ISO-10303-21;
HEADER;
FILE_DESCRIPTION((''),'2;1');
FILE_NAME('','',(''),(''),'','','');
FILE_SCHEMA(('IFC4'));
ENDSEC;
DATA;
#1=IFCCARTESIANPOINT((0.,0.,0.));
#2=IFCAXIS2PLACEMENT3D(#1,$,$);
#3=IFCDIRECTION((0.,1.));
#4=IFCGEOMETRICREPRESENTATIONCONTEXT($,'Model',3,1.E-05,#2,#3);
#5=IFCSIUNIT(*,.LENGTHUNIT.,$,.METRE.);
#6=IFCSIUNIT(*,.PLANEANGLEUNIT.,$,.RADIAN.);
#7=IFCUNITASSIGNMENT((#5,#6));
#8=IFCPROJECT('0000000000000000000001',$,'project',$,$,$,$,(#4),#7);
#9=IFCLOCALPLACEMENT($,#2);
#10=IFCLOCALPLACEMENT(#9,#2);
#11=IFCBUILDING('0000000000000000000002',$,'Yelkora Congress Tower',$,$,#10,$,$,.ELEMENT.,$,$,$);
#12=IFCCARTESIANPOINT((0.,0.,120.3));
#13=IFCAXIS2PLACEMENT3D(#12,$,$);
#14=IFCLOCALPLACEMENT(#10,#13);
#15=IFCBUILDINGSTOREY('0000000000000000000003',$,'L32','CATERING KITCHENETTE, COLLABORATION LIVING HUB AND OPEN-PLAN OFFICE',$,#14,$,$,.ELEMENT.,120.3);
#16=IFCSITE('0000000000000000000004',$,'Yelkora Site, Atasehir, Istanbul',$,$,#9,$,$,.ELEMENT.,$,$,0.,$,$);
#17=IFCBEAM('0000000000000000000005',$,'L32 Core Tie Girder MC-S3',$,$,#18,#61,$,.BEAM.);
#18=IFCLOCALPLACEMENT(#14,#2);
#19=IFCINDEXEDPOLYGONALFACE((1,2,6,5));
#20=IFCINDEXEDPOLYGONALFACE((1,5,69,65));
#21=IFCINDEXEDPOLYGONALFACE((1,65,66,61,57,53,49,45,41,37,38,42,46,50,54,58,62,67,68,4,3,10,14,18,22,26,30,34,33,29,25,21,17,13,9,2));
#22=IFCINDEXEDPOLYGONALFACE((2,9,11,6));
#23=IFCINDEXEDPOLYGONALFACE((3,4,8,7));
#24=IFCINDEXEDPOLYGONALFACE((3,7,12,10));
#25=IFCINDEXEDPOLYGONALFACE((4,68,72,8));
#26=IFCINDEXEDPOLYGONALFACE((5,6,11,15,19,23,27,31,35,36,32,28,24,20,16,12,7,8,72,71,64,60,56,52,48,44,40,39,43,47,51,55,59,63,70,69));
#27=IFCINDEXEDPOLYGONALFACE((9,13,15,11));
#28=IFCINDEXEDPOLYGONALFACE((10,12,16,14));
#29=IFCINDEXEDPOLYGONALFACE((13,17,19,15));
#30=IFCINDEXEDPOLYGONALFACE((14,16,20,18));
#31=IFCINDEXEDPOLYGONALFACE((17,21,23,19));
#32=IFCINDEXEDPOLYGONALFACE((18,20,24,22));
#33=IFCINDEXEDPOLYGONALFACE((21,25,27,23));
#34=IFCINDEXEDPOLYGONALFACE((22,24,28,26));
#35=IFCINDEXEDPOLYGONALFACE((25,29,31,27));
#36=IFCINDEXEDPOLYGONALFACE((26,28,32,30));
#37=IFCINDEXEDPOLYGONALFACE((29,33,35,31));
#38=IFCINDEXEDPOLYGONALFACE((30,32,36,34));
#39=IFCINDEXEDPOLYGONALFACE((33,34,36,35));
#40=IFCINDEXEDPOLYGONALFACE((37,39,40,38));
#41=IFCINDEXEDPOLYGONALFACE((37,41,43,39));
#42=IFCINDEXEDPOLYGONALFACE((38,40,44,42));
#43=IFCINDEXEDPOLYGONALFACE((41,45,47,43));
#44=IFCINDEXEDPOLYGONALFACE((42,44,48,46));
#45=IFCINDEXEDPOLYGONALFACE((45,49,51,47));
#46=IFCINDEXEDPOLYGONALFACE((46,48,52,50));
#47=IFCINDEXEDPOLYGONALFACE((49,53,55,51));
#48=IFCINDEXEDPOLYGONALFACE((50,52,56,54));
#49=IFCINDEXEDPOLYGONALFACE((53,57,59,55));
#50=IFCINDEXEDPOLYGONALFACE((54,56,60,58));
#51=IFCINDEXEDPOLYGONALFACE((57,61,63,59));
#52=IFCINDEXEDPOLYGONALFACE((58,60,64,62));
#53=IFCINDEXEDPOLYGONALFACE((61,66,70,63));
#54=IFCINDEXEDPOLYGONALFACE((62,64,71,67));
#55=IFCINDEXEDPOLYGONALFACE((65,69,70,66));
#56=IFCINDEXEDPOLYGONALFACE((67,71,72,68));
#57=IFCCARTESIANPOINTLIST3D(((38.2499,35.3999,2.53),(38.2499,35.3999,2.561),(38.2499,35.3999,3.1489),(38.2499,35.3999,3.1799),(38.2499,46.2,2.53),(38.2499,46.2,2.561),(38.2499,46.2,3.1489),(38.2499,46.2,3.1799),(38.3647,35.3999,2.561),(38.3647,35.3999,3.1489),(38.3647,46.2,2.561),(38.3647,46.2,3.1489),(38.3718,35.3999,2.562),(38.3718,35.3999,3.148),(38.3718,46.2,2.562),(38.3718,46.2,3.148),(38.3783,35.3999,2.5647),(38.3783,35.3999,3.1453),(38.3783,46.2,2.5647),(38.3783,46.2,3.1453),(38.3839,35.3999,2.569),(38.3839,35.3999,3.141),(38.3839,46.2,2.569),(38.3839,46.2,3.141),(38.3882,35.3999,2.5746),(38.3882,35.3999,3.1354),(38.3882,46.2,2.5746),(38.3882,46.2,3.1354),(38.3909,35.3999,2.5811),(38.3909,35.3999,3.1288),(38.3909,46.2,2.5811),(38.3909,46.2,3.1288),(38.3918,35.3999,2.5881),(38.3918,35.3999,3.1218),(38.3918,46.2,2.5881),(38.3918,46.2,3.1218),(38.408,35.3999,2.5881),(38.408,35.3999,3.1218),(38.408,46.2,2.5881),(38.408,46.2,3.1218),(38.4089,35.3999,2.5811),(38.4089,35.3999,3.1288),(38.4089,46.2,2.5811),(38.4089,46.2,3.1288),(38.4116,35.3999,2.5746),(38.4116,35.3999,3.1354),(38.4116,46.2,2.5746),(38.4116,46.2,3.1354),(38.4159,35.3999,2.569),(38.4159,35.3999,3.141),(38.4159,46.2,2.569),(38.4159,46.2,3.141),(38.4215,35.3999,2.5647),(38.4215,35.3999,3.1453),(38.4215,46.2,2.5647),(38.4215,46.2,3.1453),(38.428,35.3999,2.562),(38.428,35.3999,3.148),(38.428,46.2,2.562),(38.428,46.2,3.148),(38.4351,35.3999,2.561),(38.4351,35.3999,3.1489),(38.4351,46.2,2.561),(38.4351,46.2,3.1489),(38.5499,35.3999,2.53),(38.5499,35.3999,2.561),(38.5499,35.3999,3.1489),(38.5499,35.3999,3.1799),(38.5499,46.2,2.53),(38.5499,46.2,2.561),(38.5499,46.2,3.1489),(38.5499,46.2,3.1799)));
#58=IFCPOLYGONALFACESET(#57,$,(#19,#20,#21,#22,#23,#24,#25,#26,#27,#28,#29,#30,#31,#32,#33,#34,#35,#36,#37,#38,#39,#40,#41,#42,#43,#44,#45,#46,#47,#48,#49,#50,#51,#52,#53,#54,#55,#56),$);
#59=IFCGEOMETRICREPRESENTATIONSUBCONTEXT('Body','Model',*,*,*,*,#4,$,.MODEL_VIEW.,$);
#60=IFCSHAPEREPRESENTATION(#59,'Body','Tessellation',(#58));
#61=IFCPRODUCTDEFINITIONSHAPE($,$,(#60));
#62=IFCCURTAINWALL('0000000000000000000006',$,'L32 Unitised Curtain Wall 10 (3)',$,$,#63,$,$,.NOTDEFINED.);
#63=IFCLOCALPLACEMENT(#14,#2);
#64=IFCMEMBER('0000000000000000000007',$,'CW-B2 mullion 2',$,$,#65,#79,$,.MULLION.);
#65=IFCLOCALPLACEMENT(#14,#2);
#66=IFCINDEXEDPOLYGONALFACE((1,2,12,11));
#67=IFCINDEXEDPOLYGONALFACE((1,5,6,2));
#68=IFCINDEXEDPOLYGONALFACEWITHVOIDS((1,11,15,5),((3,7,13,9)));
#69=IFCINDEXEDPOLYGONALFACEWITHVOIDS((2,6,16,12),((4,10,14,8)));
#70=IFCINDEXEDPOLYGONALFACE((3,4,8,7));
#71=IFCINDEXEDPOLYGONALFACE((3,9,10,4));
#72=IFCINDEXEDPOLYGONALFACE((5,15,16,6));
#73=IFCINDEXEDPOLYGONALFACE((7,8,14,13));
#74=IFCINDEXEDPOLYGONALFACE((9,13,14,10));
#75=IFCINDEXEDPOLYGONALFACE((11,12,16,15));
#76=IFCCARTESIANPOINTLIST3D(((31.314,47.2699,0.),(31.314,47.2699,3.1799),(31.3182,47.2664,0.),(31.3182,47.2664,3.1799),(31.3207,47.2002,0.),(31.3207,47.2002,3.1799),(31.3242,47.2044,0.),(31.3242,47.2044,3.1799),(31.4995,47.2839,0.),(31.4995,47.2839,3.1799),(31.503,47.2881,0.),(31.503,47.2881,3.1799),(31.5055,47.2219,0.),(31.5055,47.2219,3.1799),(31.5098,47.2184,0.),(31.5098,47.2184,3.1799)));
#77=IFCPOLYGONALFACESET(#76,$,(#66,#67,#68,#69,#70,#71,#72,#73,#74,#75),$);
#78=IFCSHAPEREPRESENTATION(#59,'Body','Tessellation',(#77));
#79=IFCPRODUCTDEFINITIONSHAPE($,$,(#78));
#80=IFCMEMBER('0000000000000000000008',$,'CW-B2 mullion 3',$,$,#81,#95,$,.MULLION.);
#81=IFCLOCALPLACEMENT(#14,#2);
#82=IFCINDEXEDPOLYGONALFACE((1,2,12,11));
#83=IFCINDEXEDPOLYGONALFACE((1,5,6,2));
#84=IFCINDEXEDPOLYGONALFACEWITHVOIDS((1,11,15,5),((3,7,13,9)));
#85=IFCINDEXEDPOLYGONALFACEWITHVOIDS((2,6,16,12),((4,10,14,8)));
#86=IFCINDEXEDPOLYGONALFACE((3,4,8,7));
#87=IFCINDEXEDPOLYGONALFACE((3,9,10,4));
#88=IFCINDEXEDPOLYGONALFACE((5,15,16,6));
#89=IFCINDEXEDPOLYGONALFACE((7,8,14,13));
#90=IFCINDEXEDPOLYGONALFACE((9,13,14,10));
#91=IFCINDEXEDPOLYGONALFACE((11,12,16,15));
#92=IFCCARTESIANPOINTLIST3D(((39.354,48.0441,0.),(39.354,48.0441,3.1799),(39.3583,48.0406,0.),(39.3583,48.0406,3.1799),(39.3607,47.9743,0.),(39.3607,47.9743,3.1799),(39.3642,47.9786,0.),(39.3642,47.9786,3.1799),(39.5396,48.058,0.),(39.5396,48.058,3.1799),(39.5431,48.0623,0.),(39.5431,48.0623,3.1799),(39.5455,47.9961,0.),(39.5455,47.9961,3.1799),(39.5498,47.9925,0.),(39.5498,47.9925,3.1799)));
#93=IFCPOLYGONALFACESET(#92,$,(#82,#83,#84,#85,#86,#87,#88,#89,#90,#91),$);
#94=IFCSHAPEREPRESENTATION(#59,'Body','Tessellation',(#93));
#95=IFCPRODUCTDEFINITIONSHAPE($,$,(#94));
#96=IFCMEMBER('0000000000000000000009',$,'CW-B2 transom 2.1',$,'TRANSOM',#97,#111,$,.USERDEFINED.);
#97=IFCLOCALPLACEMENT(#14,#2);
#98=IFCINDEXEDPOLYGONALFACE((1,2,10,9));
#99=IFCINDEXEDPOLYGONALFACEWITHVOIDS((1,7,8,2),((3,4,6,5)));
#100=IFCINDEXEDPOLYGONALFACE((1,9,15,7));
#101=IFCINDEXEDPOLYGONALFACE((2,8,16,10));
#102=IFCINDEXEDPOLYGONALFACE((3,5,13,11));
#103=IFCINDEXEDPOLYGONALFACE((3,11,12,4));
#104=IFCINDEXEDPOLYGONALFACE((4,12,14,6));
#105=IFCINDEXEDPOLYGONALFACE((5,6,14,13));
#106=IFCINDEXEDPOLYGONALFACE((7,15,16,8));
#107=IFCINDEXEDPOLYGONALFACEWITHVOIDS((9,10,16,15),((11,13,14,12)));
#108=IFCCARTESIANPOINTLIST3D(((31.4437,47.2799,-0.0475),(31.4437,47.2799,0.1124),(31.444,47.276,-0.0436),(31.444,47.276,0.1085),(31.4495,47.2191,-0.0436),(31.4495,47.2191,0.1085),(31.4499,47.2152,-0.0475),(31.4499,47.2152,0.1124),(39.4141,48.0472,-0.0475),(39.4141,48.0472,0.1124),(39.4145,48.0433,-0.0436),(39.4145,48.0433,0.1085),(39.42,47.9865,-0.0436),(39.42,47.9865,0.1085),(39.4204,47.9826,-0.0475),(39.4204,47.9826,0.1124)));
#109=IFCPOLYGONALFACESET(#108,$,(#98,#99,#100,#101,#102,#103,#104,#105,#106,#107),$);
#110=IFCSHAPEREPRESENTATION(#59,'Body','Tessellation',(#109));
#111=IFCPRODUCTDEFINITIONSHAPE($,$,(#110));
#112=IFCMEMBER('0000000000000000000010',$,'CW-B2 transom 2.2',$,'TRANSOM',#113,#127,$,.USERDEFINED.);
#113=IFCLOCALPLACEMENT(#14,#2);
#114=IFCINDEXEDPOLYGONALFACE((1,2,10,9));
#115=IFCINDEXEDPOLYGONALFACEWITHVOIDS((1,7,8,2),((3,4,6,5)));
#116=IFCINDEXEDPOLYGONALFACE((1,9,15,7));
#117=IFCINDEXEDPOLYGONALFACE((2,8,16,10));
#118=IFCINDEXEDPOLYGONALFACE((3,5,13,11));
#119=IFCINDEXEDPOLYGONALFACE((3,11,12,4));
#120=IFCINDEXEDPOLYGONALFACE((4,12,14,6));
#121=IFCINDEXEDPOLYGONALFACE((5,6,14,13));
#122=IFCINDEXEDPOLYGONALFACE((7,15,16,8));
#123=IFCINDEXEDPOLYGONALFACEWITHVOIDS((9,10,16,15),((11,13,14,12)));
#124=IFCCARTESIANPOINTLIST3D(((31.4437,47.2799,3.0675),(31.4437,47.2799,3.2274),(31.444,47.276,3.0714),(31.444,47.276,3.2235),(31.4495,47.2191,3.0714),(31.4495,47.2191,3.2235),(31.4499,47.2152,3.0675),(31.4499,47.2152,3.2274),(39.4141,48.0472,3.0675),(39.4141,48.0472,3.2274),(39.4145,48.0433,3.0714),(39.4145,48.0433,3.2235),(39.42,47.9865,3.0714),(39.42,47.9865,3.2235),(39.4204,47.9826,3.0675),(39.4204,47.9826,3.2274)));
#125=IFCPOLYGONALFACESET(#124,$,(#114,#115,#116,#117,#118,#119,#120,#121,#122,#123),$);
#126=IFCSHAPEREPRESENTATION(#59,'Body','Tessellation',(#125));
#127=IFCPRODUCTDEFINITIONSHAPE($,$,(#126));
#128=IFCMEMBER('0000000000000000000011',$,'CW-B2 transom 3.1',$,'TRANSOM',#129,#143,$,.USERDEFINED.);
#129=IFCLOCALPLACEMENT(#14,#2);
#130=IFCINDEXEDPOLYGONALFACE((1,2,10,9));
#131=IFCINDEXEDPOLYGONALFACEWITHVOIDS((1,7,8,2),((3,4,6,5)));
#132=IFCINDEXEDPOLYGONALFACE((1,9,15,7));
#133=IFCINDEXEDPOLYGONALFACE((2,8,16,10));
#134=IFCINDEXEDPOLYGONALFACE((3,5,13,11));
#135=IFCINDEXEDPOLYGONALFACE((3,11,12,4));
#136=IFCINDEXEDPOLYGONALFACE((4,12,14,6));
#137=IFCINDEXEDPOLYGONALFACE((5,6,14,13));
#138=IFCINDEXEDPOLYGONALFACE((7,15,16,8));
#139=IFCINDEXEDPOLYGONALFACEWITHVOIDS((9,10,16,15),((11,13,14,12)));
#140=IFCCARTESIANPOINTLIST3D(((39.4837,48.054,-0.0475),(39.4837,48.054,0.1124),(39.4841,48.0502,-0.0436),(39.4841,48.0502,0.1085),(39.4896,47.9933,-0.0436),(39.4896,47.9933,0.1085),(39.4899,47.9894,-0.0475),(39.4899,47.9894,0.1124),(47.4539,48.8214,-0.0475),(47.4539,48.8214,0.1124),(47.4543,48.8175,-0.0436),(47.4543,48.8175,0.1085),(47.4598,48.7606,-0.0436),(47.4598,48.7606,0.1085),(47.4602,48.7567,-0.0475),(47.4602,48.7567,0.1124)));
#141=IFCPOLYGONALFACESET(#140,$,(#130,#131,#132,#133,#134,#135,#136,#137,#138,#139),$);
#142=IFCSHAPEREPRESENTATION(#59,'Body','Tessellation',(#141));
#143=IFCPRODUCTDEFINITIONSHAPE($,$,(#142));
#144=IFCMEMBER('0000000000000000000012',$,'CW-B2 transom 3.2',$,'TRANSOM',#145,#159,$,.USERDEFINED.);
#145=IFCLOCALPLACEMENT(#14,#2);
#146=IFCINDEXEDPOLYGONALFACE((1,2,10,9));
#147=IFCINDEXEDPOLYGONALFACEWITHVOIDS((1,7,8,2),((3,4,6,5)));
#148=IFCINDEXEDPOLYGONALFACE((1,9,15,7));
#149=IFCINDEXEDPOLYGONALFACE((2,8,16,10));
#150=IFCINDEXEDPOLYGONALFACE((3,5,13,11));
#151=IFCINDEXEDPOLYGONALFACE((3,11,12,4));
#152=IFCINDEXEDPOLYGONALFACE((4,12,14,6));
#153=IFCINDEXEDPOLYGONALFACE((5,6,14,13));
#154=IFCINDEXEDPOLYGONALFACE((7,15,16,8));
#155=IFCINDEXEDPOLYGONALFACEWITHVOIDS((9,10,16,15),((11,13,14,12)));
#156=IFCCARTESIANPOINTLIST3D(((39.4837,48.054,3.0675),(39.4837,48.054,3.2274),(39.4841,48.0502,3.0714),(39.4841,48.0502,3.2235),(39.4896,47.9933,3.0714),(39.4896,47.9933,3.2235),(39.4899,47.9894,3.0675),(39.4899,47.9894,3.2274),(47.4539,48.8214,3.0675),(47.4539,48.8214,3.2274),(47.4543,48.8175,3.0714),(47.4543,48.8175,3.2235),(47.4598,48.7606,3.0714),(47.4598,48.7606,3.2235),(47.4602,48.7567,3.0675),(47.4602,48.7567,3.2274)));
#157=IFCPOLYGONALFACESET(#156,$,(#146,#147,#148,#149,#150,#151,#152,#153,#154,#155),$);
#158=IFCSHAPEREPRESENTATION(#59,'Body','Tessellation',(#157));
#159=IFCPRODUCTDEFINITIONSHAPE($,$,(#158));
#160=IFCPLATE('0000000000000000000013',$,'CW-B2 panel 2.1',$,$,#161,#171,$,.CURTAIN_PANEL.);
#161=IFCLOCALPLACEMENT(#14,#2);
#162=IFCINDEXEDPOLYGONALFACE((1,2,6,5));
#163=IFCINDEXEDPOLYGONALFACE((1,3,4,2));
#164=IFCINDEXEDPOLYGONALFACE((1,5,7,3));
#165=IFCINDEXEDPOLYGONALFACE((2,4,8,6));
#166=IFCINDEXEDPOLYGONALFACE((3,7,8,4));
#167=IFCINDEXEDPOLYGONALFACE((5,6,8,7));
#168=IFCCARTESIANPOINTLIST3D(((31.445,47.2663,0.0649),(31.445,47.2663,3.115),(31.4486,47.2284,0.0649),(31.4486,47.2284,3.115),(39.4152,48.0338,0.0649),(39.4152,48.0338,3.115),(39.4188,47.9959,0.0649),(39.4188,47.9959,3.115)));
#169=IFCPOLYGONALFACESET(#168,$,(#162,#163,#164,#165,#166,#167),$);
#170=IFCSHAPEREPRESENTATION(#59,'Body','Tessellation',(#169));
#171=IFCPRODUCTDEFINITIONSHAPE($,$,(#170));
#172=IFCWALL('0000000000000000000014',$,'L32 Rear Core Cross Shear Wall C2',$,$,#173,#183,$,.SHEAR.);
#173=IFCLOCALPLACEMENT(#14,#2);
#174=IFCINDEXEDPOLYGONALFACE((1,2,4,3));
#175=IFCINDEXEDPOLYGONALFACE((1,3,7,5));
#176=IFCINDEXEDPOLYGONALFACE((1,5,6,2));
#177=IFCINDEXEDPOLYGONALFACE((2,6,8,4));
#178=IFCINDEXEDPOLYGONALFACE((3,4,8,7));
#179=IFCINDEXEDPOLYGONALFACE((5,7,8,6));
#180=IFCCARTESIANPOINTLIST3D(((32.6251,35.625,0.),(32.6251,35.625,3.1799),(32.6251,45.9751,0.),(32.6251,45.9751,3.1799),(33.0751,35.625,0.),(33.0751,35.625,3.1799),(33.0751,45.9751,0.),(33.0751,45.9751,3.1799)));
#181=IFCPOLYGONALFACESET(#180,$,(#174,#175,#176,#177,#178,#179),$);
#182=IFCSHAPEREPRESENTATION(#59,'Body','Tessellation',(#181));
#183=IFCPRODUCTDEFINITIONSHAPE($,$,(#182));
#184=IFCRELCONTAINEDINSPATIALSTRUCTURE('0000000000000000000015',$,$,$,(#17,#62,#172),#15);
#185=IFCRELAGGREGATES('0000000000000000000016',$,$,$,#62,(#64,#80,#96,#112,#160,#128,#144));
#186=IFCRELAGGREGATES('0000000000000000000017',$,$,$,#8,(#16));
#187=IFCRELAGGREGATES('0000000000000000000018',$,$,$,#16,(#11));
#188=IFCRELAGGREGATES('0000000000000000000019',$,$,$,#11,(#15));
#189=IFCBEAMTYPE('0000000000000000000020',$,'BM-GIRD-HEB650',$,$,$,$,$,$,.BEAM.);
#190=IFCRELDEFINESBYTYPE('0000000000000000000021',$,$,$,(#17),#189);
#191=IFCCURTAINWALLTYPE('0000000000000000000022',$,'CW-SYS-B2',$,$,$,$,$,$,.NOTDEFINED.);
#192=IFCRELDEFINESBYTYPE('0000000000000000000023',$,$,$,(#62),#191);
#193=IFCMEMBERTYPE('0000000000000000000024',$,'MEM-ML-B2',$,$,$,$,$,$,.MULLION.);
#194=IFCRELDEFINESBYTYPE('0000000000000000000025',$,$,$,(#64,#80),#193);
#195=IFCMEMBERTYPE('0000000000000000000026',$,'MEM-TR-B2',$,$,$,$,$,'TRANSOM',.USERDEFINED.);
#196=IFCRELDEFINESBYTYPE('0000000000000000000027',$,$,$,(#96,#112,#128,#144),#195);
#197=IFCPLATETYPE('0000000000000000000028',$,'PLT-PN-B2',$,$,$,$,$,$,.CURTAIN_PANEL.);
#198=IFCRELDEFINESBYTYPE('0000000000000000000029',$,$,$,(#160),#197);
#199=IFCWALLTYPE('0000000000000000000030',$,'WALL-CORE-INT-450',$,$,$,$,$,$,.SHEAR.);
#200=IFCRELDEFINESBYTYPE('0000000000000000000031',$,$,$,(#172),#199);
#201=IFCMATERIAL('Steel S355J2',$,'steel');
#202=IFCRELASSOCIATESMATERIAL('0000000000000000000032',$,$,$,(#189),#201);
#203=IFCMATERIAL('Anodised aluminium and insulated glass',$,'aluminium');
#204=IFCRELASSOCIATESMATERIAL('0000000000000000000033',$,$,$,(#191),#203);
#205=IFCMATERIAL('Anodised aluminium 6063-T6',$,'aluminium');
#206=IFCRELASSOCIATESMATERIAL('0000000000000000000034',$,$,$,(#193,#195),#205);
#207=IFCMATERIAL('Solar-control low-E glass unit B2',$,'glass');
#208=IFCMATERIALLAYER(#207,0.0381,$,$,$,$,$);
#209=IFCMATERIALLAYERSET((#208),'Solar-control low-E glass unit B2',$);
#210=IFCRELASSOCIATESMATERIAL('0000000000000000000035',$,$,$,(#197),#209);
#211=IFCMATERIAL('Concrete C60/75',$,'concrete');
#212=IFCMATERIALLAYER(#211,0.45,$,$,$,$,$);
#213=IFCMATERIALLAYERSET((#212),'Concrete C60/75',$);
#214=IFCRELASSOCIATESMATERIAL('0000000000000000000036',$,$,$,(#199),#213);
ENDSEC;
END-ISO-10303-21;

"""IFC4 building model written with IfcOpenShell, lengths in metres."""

from ifc_helpers import new_model, si_unit, direction, frame, frame_2d, origin, origin_2d, place, context, subcontext, project, spatial, rectangle, hollow_rectangle, i_section, extrude, material, layer, layer_set, material_profile, profile_set, type_object, element, aggregate, save


model = new_model("IFC4")

# Units and contexts
model_context = context("Model", 3, precision=1e-05, world=origin(), true_north=direction((0.0, 1.0)))
body_context = subcontext(model_context, "Body", "Model", "MODEL_VIEW")
ifc_project = project(units=[si_unit("LENGTHUNIT", "METRE"), si_unit("PLANEANGLEUNIT", "RADIAN")], contexts=[model_context])

# Site, building, storey
site_placement = place(None, origin())
site = spatial("IfcSite", under=ifc_project, at=site_placement, Name="Yelkora Site, Atasehir, Istanbul", CompositionType="ELEMENT", RefElevation=0.0)
building_placement = place(site_placement, origin())
building = spatial("IfcBuilding", under=site, at=building_placement, Name="Yelkora Congress Tower", CompositionType="ELEMENT")
storey_placement = place(building_placement, frame((0.0, 0.0, 120.3)))
storey = spatial("IfcBuildingStorey", under=building, at=storey_placement, Name="L32", Description="CATERING KITCHENETTE, COLLABORATION LIVING HUB AND OPEN-PLAN OFFICE", CompositionType="ELEMENT", Elevation=120.3)

# Beam
ifc_material_1 = material(Name="Steel S355J2", Category="steel")
ifc_material_profile_1 = material_profile(ifc_material_1, i_section(OverallWidth=0.3, OverallDepth=0.6499, WebThickness=0.0161, FlangeThickness=0.031, FilletRadius=0.0271, at=origin_2d()), Name="HEB 650")
ifc_profile_set_1 = profile_set([ifc_material_profile_1], Name="Steel S355J2")
beam_type = type_object("IfcBeamType", Name="BM-GIRD-HEB650", PredefinedType="BEAM", material=ifc_profile_set_1)
beam_placement = place(storey_placement, frame((38.3999, 35.3999, 2.855), z_axis=(0.0, 1.0, 0.0), x_axis=(-1.0, 0.0, 0.0)))
element("IfcBeam", 1, at=beam_placement, inside=storey, type_object=beam_type, Name="L32 Core Tie Girder MC-S3", PredefinedType="BEAM", context=body_context, shape_type="SweptSolid", body=[
    extrude(i_section(OverallWidth=0.3, OverallDepth=0.6499, WebThickness=0.0161, FlangeThickness=0.031, FilletRadius=0.0271, at=origin_2d()), origin(), (0.0, 0.0, 1.0), 10.8),
])

# Curtain wall, members, plate
ifc_material_2 = material(Name="Anodised aluminium and insulated glass", Category="aluminium")
curtain_wall_type = type_object("IfcCurtainWallType", Name="CW-SYS-B2", PredefinedType="NOTDEFINED", material=ifc_material_2)
curtain_wall_placement = place(storey_placement, origin())
curtain_wall = element("IfcCurtainWall", 2, at=curtain_wall_placement, inside=storey, type_object=curtain_wall_type, Name="L32 Unitised Curtain Wall 10 (3)", PredefinedType="NOTDEFINED")
ifc_material_3 = material(Name="Anodised aluminium 6063-T6", Category="aluminium")
ifc_material_profile_2 = material_profile(ifc_material_3, hollow_rectangle(XDim=0.0701, YDim=0.1899, WallThickness=0.0039, at=origin_2d()), Name="ALU 70x190x4")
ifc_profile_set_2 = profile_set([ifc_material_profile_2], Name="Anodised aluminium 6063-T6")
member_type_1 = type_object("IfcMemberType", Name="MEM-ML-B2", PredefinedType="MULLION", material=ifc_profile_set_2)
member_1_placement = place(storey_placement, frame((31.4119, 47.2441, 0.0), z_axis=(0.0, 0.0, 1.0), x_axis=(-0.095844, 0.995396, 0.0)))
member_1 = element("IfcMember", 3, at=member_1_placement, type_object=member_type_1, Name="CW-B2 mullion 2", PredefinedType="MULLION", context=body_context, shape_type="SweptSolid", body=[
    extrude(hollow_rectangle(XDim=0.0701, YDim=0.1899, WallThickness=0.0039, at=origin_2d()), origin(), (0.0, 0.0, 1.0), 3.1799),
])
member_2_placement = place(storey_placement, frame((39.4519, 48.0183, 0.0), z_axis=(0.0, 0.0, 1.0), x_axis=(-0.095844, 0.995396, 0.0)))
member_2 = element("IfcMember", 4, at=member_2_placement, type_object=member_type_1, Name="CW-B2 mullion 3", PredefinedType="MULLION", context=body_context, shape_type="SweptSolid", body=[
    extrude(hollow_rectangle(XDim=0.0701, YDim=0.1899, WallThickness=0.0039, at=origin_2d()), origin(), (0.0, 0.0, 1.0), 3.1799),
])
ifc_material_profile_3 = material_profile(ifc_material_3, hollow_rectangle(XDim=0.0649, YDim=0.1599, WallThickness=0.0039, at=origin_2d()), Name="ALU 65x160x4")
ifc_profile_set_3 = profile_set([ifc_material_profile_3], Name="Anodised aluminium 6063-T6")
member_type_2 = type_object("IfcMemberType", Name="MEM-TR-B2", ElementType="TRANSOM", PredefinedType="USERDEFINED", material=ifc_profile_set_3)
member_3_placement = place(storey_placement, frame((31.4468, 47.2476, 0.0325), z_axis=(0.995398, 0.095829, 0.0), x_axis=(-0.095829, 0.995398, 0.0)))
member_3 = element("IfcMember", 5, at=member_3_placement, type_object=member_type_2, Name="CW-B2 transom 2.1", ObjectType="TRANSOM", PredefinedType="USERDEFINED", context=body_context, shape_type="SweptSolid", body=[
    extrude(hollow_rectangle(XDim=0.0649, YDim=0.1599, WallThickness=0.0039, at=origin_2d()), origin(), (0.0, 0.0, 1.0), 8.0073),
])
member_4_placement = place(storey_placement, frame((31.4468, 47.2476, 3.1475), z_axis=(0.995398, 0.095829, 0.0), x_axis=(-0.095829, 0.995398, 0.0)))
member_4 = element("IfcMember", 6, at=member_4_placement, type_object=member_type_2, Name="CW-B2 transom 2.2", ObjectType="TRANSOM", PredefinedType="USERDEFINED", context=body_context, shape_type="SweptSolid", body=[
    extrude(hollow_rectangle(XDim=0.0649, YDim=0.1599, WallThickness=0.0039, at=origin_2d()), origin(), (0.0, 0.0, 1.0), 8.0073),
])
member_5_placement = place(storey_placement, frame((39.4868, 48.0217, 0.0325), z_axis=(0.995398, 0.095832, 0.0), x_axis=(-0.095832, 0.995398, 0.0)))
member_5 = element("IfcMember", 7, at=member_5_placement, type_object=member_type_2, Name="CW-B2 transom 3.1", ObjectType="TRANSOM", PredefinedType="USERDEFINED", context=body_context, shape_type="SweptSolid", body=[
    extrude(hollow_rectangle(XDim=0.0649, YDim=0.1599, WallThickness=0.0039, at=origin_2d()), origin(), (0.0, 0.0, 1.0), 8.0071),
])
member_6_placement = place(storey_placement, frame((39.4868, 48.0217, 3.1475), z_axis=(0.995398, 0.095832, 0.0), x_axis=(-0.095832, 0.995398, 0.0)))
member_6 = element("IfcMember", 8, at=member_6_placement, type_object=member_type_2, Name="CW-B2 transom 3.2", ObjectType="TRANSOM", PredefinedType="USERDEFINED", context=body_context, shape_type="SweptSolid", body=[
    extrude(hollow_rectangle(XDim=0.0649, YDim=0.1599, WallThickness=0.0039, at=origin_2d()), origin(), (0.0, 0.0, 1.0), 8.0071),
])
ifc_material_4 = material(Name="Solar-control low-E glass unit B2", Category="glass")
ifc_layer_1 = layer(ifc_material_4, 0.0381)
ifc_layer_set_1 = layer_set([ifc_layer_1], Name="Solar-control low-E glass unit B2")
plate_type = type_object("IfcPlateType", Name="PLT-PN-B2", PredefinedType="CURTAIN_PANEL", material=ifc_layer_set_1)
plate_placement = place(storey_placement, frame((35.4319, 47.6311, 0.0649), z_axis=(0.0, 0.0, 1.0), x_axis=(0.995396, 0.095844, 0.0)))
plate = element("IfcPlate", 9, at=plate_placement, type_object=plate_type, Name="CW-B2 panel 2.1", PredefinedType="CURTAIN_PANEL", context=body_context, shape_type="SweptSolid", body=[
    extrude(rectangle(XDim=8.0071, YDim=0.0381, at=origin_2d()), origin(), (0.0, 0.0, 1.0), 3.05),
])
aggregate(curtain_wall, [member_1, member_2, member_3, member_4, plate, member_5, member_6])

# Wall
ifc_material_5 = material(Name="Concrete C60/75", Category="concrete")
ifc_layer_2 = layer(ifc_material_5, 0.45)
ifc_layer_set_2 = layer_set([ifc_layer_2], Name="Concrete C60/75")
wall_type_1 = type_object("IfcWallType", Name="WALL-CORE-INT-450", PredefinedType="SHEAR", material=ifc_layer_set_2)
wall_1_placement = place(storey_placement, frame((32.8501, 35.625, 0.0), z_axis=(0.0, 0.0, 1.0), x_axis=(0.0, 1.0, 0.0)))
element("IfcWall", 10, at=wall_1_placement, inside=storey, type_object=wall_type_1, Name="L32 Rear Core Cross Shear Wall C2", PredefinedType="SHEAR", context=body_context, shape_type="SweptSolid", body=[
    extrude(rectangle(XDim=10.3501, YDim=0.45, at=frame_2d((5.175, 0.0))), origin(), (0.0, 0.0, 1.0), 3.1799),
])

save(model, "model.ifc")
